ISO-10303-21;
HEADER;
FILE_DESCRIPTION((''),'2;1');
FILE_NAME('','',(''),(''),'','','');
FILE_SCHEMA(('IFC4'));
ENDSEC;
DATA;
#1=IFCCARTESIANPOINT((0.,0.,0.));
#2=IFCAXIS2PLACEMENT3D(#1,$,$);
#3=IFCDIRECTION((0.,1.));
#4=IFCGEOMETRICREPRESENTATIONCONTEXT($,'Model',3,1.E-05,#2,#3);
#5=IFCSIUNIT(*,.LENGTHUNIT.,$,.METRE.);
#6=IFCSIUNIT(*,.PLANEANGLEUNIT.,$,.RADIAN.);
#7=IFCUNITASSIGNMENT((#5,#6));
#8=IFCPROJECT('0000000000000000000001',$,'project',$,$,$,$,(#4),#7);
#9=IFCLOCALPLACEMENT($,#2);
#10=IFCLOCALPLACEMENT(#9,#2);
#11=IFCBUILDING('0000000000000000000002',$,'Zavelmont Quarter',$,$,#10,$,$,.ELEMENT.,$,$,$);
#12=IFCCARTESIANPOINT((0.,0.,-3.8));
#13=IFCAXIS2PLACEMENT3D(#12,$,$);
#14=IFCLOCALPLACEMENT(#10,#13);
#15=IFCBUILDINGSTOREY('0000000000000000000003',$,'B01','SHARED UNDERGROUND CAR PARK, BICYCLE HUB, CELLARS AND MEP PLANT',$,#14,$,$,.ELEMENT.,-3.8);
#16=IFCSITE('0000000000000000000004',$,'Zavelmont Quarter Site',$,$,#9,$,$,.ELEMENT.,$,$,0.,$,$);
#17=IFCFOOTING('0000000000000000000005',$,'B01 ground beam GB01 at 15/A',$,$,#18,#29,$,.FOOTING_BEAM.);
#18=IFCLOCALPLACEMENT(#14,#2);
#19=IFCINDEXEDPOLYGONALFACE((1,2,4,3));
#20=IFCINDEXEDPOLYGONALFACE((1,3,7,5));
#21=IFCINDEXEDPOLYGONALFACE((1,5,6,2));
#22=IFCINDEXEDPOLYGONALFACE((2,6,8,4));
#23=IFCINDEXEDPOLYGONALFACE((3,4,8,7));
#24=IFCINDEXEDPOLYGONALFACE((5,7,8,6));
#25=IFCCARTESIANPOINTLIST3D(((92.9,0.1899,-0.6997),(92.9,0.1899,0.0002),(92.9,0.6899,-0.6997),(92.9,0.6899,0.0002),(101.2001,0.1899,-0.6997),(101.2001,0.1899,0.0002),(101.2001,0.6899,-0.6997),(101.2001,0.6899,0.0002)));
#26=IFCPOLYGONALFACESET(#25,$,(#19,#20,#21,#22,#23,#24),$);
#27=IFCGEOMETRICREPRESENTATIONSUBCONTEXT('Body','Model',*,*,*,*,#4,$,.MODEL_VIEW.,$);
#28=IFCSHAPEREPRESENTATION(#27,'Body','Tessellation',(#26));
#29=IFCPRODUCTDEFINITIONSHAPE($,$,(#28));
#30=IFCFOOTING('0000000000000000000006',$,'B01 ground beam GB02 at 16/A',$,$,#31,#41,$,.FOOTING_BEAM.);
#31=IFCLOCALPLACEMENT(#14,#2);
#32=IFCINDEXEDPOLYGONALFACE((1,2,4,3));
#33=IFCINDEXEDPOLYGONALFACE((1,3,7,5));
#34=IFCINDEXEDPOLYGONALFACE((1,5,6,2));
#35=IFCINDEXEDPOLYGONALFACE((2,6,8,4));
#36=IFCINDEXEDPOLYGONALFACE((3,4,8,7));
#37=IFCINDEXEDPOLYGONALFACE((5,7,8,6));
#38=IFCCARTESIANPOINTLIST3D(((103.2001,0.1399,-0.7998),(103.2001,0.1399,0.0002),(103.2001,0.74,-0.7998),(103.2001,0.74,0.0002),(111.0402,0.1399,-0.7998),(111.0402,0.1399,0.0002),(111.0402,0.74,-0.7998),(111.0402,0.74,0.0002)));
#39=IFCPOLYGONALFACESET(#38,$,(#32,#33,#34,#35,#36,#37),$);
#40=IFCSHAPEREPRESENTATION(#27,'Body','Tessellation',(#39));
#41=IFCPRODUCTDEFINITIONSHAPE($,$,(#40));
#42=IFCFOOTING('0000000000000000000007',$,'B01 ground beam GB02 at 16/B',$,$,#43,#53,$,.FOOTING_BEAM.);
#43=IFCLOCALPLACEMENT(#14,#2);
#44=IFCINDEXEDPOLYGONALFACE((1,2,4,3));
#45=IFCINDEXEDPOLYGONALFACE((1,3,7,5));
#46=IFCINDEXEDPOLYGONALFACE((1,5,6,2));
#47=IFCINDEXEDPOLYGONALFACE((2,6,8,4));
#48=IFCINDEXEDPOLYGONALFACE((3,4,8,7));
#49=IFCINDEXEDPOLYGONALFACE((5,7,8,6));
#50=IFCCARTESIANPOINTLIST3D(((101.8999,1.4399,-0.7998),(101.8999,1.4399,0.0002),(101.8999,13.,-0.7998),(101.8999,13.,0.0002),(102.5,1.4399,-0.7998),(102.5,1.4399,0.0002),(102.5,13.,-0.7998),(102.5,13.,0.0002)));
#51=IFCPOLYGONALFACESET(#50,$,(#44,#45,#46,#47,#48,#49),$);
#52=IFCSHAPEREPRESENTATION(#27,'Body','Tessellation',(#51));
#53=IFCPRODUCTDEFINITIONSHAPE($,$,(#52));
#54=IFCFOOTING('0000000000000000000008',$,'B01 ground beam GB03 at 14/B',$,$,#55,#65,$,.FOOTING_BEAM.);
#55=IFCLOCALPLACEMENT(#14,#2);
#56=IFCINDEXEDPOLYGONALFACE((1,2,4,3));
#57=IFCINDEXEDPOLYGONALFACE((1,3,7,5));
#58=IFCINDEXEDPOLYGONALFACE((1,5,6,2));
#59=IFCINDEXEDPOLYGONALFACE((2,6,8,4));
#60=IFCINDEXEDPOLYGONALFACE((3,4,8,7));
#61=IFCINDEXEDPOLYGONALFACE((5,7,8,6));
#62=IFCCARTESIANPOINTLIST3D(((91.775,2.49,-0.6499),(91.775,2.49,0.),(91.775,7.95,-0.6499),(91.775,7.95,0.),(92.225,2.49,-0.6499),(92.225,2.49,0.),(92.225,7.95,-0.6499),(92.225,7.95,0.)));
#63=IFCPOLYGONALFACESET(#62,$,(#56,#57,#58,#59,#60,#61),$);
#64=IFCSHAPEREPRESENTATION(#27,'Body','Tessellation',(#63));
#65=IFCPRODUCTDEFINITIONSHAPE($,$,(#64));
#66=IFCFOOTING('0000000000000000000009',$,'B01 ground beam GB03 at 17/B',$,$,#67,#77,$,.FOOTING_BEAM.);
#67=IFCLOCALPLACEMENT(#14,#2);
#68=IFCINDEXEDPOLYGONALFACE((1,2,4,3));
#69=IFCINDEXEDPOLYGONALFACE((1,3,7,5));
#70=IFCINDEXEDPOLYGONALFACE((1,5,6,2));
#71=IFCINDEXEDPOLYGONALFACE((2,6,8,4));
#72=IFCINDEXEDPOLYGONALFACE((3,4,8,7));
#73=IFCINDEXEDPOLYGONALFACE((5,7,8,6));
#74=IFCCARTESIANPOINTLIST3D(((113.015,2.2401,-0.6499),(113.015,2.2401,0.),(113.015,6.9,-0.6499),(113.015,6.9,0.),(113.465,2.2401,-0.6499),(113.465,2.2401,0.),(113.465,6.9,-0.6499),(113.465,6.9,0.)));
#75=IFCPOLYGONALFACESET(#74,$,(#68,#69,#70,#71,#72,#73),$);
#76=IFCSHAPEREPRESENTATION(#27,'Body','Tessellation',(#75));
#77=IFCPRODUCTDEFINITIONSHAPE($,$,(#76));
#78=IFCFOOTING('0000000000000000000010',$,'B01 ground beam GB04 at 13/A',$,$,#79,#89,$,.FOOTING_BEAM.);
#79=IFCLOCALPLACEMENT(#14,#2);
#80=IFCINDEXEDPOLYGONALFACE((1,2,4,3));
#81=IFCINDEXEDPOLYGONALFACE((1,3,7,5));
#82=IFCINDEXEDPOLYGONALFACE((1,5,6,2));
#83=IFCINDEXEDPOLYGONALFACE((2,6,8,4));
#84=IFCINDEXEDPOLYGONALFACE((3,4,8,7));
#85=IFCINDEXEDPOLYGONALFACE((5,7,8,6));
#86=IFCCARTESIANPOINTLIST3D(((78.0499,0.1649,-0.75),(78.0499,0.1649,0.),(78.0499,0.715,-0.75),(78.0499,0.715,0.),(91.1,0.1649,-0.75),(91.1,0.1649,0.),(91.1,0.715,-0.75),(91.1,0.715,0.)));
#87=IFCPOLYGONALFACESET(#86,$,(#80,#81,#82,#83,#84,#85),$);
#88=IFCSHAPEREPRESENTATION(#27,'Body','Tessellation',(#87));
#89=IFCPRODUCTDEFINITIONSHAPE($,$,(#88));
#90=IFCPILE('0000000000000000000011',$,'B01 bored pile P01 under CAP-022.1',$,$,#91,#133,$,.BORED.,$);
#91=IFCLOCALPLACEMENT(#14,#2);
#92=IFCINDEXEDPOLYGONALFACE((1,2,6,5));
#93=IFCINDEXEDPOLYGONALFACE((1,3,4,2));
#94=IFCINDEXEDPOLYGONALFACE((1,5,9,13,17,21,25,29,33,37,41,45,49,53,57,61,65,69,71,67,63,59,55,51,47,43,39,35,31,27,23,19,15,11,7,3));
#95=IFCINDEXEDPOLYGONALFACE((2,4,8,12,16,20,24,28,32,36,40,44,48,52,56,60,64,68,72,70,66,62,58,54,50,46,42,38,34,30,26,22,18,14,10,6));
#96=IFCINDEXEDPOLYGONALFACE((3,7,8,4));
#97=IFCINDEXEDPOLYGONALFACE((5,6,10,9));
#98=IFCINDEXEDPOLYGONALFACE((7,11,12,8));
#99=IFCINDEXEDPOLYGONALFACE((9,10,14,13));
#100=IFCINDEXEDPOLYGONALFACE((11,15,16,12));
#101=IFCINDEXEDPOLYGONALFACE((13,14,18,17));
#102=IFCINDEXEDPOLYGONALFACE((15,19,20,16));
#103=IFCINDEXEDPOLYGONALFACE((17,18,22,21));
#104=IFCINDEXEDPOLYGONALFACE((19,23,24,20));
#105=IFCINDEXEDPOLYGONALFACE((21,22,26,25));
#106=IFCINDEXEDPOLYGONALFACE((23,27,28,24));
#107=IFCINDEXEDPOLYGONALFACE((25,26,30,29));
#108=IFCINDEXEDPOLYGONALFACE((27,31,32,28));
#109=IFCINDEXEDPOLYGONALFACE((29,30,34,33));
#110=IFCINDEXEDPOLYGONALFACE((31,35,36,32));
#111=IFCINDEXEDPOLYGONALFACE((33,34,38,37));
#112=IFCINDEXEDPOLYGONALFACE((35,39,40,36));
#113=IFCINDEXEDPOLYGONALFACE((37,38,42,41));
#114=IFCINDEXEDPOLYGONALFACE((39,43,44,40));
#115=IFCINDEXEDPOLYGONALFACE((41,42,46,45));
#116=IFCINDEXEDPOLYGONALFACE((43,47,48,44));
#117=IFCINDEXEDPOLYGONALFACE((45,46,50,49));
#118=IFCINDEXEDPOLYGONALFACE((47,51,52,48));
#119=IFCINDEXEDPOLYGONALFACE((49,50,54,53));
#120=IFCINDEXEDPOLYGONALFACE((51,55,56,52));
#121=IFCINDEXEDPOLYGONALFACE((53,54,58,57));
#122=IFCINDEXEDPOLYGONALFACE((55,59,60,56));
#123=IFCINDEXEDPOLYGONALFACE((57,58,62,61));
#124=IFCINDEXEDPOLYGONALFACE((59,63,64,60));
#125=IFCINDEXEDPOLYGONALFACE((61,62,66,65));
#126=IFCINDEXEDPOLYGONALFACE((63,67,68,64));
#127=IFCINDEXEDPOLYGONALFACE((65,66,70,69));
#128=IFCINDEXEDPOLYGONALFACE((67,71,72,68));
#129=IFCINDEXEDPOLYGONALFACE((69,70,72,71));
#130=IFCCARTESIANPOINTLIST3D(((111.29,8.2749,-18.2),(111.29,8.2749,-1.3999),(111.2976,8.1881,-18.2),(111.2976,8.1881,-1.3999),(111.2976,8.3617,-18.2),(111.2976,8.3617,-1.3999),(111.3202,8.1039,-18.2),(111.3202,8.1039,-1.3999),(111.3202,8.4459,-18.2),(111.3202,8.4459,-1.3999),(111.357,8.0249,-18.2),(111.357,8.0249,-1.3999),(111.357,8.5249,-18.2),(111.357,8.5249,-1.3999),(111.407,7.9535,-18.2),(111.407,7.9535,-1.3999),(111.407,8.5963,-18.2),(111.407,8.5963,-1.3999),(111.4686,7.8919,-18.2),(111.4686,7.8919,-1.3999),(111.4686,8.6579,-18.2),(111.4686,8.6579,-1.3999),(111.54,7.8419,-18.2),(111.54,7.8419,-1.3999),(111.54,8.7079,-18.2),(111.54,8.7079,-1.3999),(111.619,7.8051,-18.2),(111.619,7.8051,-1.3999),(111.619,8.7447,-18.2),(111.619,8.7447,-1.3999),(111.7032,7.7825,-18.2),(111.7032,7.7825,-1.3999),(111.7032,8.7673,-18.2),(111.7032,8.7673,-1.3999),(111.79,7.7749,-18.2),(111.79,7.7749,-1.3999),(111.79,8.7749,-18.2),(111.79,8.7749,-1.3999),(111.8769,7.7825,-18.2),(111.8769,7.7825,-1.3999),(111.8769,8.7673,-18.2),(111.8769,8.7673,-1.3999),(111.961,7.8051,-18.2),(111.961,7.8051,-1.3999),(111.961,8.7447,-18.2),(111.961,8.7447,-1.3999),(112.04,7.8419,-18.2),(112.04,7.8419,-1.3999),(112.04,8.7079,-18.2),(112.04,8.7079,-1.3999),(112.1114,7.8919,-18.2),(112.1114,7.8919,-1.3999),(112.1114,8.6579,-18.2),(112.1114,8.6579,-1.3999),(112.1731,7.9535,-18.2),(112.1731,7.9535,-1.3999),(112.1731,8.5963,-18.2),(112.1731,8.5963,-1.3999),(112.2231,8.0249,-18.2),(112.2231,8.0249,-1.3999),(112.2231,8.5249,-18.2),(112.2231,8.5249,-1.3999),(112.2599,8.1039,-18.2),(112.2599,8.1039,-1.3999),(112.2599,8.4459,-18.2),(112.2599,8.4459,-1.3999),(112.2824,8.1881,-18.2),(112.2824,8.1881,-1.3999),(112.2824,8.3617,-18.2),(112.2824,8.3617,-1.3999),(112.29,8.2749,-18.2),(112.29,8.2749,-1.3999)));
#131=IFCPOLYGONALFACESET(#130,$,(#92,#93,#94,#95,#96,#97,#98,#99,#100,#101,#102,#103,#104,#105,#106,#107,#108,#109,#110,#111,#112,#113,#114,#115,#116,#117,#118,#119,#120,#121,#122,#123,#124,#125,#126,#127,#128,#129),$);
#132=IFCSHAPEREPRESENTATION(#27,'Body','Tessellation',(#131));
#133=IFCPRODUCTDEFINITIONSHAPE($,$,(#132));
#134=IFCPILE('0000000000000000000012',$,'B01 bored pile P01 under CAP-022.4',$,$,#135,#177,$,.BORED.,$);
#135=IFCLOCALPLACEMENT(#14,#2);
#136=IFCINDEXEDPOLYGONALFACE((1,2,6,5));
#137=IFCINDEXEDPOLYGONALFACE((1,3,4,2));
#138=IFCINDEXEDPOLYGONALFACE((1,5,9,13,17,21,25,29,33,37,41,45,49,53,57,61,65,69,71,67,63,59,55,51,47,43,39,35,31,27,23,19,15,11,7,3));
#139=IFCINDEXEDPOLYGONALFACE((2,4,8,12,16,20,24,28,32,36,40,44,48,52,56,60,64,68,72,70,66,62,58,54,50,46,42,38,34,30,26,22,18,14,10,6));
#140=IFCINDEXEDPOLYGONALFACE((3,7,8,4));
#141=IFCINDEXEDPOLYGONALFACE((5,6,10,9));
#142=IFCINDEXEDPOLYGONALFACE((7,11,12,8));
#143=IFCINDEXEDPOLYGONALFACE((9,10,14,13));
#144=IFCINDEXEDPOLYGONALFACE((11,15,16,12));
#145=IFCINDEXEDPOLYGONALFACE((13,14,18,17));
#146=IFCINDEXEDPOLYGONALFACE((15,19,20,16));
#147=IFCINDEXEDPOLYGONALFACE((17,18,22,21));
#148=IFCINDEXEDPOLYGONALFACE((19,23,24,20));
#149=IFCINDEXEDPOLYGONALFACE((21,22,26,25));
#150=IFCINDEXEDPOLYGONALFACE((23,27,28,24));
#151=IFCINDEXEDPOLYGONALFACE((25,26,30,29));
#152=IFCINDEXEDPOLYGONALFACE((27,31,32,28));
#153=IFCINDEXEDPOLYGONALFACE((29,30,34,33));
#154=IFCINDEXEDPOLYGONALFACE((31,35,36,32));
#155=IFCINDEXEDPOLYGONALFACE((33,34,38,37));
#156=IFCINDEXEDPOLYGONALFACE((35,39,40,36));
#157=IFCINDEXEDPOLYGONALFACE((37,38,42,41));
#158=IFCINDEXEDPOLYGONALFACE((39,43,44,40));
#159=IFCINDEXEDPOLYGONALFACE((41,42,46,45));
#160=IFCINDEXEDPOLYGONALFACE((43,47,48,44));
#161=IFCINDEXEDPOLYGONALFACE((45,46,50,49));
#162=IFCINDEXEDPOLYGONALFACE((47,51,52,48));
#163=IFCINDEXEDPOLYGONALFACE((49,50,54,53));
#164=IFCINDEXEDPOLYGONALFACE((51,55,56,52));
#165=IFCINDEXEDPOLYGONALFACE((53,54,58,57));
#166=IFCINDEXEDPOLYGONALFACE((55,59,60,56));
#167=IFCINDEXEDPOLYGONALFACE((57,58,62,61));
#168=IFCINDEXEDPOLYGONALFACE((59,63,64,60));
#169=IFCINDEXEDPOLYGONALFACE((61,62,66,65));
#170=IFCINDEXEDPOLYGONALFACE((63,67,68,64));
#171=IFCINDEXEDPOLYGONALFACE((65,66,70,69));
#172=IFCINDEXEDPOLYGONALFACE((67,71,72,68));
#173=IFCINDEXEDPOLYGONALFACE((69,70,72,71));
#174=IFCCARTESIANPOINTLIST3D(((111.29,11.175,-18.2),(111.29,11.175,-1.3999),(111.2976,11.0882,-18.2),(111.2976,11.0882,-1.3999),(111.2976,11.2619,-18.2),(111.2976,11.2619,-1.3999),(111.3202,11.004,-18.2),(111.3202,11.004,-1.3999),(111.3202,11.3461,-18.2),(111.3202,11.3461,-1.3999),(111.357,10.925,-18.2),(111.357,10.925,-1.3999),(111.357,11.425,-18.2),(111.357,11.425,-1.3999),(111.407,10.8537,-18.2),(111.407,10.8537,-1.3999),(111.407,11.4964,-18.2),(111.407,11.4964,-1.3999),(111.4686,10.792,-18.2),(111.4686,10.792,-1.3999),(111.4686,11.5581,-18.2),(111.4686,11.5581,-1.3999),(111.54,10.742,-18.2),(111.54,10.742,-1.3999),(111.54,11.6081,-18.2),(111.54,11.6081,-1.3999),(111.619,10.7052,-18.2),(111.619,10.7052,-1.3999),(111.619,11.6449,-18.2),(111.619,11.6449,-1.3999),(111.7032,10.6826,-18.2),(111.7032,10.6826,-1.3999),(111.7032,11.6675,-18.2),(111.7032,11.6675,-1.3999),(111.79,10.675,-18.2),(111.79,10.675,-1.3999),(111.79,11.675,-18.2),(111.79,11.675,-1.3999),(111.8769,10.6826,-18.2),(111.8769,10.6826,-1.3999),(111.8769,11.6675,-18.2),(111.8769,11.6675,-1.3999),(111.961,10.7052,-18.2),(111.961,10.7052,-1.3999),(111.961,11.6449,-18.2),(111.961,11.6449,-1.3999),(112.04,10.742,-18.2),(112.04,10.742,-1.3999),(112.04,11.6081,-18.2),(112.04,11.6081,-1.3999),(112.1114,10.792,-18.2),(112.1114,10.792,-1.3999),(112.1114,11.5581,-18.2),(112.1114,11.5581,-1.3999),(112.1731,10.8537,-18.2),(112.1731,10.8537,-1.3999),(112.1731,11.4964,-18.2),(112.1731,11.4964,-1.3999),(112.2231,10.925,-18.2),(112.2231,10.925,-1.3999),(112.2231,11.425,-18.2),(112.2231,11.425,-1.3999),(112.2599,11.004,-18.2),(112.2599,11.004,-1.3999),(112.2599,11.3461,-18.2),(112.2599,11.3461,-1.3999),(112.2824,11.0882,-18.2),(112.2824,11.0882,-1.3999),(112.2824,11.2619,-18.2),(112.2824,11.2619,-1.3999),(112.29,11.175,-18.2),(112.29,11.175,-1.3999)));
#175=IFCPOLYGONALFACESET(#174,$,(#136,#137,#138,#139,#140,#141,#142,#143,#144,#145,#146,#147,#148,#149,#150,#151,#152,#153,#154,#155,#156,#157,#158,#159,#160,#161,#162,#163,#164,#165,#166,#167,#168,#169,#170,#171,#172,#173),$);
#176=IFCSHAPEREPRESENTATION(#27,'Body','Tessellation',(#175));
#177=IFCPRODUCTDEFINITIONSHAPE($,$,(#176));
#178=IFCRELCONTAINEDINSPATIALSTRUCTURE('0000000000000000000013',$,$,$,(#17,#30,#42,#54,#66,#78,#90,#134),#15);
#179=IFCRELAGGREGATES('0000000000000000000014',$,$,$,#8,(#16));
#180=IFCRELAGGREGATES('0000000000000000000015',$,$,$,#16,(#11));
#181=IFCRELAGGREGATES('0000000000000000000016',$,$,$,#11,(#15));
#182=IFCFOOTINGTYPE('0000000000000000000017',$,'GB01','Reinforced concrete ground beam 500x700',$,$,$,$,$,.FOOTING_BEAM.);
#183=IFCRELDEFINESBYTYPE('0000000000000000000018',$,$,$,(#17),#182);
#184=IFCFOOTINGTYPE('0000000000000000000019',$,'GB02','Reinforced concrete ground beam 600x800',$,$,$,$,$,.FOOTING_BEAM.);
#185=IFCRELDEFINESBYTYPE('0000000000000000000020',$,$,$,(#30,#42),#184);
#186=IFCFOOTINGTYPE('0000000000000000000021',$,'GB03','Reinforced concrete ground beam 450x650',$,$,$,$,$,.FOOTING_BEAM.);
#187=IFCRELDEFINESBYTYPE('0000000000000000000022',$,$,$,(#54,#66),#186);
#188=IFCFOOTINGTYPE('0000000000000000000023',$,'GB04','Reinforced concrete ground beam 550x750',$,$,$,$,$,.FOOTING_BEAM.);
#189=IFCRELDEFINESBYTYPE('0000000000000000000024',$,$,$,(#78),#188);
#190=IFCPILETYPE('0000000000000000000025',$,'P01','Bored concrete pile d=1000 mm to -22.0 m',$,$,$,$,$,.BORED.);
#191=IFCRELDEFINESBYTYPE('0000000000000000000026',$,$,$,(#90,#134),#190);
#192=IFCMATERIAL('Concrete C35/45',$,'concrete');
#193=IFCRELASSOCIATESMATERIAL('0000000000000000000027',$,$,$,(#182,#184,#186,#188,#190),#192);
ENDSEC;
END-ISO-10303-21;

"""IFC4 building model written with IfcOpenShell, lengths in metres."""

from ifc_helpers import new_model, si_unit, direction, frame, origin, origin_2d, place, context, subcontext, project, spatial, rectangle, circle, extrude, material, material_profile, profile_set, type_object, element, save


model = new_model("IFC4")

# Units and contexts
model_context = context("Model", 3, precision=1e-05, world=origin(), true_north=direction((0.0, 1.0)))
body_context = subcontext(model_context, "Body", "Model", "MODEL_VIEW")
ifc_project = project(units=[si_unit("LENGTHUNIT", "METRE"), si_unit("PLANEANGLEUNIT", "RADIAN")], contexts=[model_context])

# Site, building, storey
site_placement = place(None, origin())
site = spatial("IfcSite", under=ifc_project, at=site_placement, Name="Zavelmont Quarter Site", CompositionType="ELEMENT", RefElevation=0.0)
building_placement = place(site_placement, origin())
building = spatial("IfcBuilding", under=site, at=building_placement, Name="Zavelmont Quarter", CompositionType="ELEMENT")
storey_placement = place(building_placement, frame((0.0, 0.0, -3.8)))
storey = spatial("IfcBuildingStorey", under=building, at=storey_placement, Name="B01", Description="SHARED UNDERGROUND CAR PARK, BICYCLE HUB, CELLARS AND MEP PLANT", CompositionType="ELEMENT", Elevation=-3.8)

# Footings
ifc_material_1 = material(Name="Concrete C35/45", Category="concrete")
footing_type_1 = type_object("IfcFootingType", Name="GB01", Description="Reinforced concrete ground beam 500x700", PredefinedType="FOOTING_BEAM", material=ifc_material_1)
footing_1_placement = place(storey_placement, frame((97.05, 0.4399, -0.6997), z_axis=(0.0, 0.0, 1.0), x_axis=(1.0, 0.0, 0.0)))
element("IfcFooting", 1, at=footing_1_placement, inside=storey, type_object=footing_type_1, Name="B01 ground beam GB01 at 15/A", PredefinedType="FOOTING_BEAM", context=body_context, shape_type="SweptSolid", body=[
    extrude(rectangle(XDim=8.3, YDim=0.5, at=origin_2d()), origin(), (0.0, 0.0, 1.0), 0.7),
])
footing_type_2 = type_object("IfcFootingType", Name="GB02", Description="Reinforced concrete ground beam 600x800", PredefinedType="FOOTING_BEAM", material=ifc_material_1)
footing_2_placement = place(storey_placement, frame((107.1201, 0.4399, -0.7998), z_axis=(0.0, 0.0, 1.0), x_axis=(1.0, 0.0, 0.0)))
element("IfcFooting", 2, at=footing_2_placement, inside=storey, type_object=footing_type_2, Name="B01 ground beam GB02 at 16/A", PredefinedType="FOOTING_BEAM", context=body_context, shape_type="SweptSolid", body=[
    extrude(rectangle(XDim=7.8401, YDim=0.6001, at=origin_2d()), origin(), (0.0, 0.0, 1.0), 0.8),
])
footing_3_placement = place(storey_placement, frame((102.2, 7.22, -0.7998), z_axis=(0.0, 0.0, 1.0), x_axis=(0.0, 1.0, 0.0)))
element("IfcFooting", 3, at=footing_3_placement, inside=storey, type_object=footing_type_2, Name="B01 ground beam GB02 at 16/B", PredefinedType="FOOTING_BEAM", context=body_context, shape_type="SweptSolid", body=[
    extrude(rectangle(XDim=11.5601, YDim=0.6001, at=origin_2d()), origin(), (0.0, 0.0, 1.0), 0.8),
])
footing_type_3 = type_object("IfcFootingType", Name="GB03", Description="Reinforced concrete ground beam 450x650", PredefinedType="FOOTING_BEAM", material=ifc_material_1)
footing_4_placement = place(storey_placement, frame((92.0, 5.22, -0.6499), z_axis=(0.0, 0.0, 1.0), x_axis=(0.0, 1.0, 0.0)))
element("IfcFooting", 4, at=footing_4_placement, inside=storey, type_object=footing_type_3, Name="B01 ground beam GB03 at 14/B", PredefinedType="FOOTING_BEAM", context=body_context, shape_type="SweptSolid", body=[
    extrude(rectangle(XDim=5.46, YDim=0.45, at=origin_2d()), origin(), (0.0, 0.0, 1.0), 0.6499),
])
footing_5_placement = place(storey_placement, frame((113.24, 4.5701, -0.6499), z_axis=(0.0, 0.0, 1.0), x_axis=(0.0, 1.0, 0.0)))
element("IfcFooting", 5, at=footing_5_placement, inside=storey, type_object=footing_type_3, Name="B01 ground beam GB03 at 17/B", PredefinedType="FOOTING_BEAM", context=body_context, shape_type="SweptSolid", body=[
    extrude(rectangle(XDim=4.6599, YDim=0.45, at=origin_2d()), origin(), (0.0, 0.0, 1.0), 0.6499),
])
footing_type_4 = type_object("IfcFootingType", Name="GB04", Description="Reinforced concrete ground beam 550x750", PredefinedType="FOOTING_BEAM", material=ifc_material_1)
footing_6_placement = place(storey_placement, frame((84.575, 0.4399, -0.75), z_axis=(0.0, 0.0, 1.0), x_axis=(1.0, 0.0, 0.0)))
element("IfcFooting", 6, at=footing_6_placement, inside=storey, type_object=footing_type_4, Name="B01 ground beam GB04 at 13/A", PredefinedType="FOOTING_BEAM", context=body_context, shape_type="SweptSolid", body=[
    extrude(rectangle(XDim=13.05, YDim=0.55, at=origin_2d()), origin(), (0.0, 0.0, 1.0), 0.75),
])

# Piles
ifc_material_profile_1 = material_profile(ifc_material_1, circle(Radius=0.5, at=origin_2d()), Name="BP1000")
ifc_profile_set_1 = profile_set([ifc_material_profile_1], Name="Concrete C35/45")
pile_type_1 = type_object("IfcPileType", Name="P01", Description="Bored concrete pile d=1000 mm to -22.0 m", PredefinedType="BORED", material=ifc_profile_set_1)
for number, where, z_axis, x_axis, name in (
    (7, (111.79, 8.2749, -1.3999), (0.0, 0.0, -1.0), (1.0, 0.0, 0.0), "B01 bored pile P01 under CAP-022.1"),
    (8, (111.79, 11.175, -1.3999), (0.0, 0.0, -1.0), (1.0, 0.0, 0.0), "B01 bored pile P01 under CAP-022.4"),
):
    element("IfcPile", number, at=place(storey_placement, frame(where, z_axis=z_axis, x_axis=x_axis)), inside=storey, type_object=pile_type_1, Name=name, PredefinedType="BORED", context=body_context, shape_type="SweptSolid", body=[
        extrude(circle(Radius=0.5, at=origin_2d()), origin(), (0.0, 0.0, 1.0), 16.8),
    ])

save(model, "model.ifc")
